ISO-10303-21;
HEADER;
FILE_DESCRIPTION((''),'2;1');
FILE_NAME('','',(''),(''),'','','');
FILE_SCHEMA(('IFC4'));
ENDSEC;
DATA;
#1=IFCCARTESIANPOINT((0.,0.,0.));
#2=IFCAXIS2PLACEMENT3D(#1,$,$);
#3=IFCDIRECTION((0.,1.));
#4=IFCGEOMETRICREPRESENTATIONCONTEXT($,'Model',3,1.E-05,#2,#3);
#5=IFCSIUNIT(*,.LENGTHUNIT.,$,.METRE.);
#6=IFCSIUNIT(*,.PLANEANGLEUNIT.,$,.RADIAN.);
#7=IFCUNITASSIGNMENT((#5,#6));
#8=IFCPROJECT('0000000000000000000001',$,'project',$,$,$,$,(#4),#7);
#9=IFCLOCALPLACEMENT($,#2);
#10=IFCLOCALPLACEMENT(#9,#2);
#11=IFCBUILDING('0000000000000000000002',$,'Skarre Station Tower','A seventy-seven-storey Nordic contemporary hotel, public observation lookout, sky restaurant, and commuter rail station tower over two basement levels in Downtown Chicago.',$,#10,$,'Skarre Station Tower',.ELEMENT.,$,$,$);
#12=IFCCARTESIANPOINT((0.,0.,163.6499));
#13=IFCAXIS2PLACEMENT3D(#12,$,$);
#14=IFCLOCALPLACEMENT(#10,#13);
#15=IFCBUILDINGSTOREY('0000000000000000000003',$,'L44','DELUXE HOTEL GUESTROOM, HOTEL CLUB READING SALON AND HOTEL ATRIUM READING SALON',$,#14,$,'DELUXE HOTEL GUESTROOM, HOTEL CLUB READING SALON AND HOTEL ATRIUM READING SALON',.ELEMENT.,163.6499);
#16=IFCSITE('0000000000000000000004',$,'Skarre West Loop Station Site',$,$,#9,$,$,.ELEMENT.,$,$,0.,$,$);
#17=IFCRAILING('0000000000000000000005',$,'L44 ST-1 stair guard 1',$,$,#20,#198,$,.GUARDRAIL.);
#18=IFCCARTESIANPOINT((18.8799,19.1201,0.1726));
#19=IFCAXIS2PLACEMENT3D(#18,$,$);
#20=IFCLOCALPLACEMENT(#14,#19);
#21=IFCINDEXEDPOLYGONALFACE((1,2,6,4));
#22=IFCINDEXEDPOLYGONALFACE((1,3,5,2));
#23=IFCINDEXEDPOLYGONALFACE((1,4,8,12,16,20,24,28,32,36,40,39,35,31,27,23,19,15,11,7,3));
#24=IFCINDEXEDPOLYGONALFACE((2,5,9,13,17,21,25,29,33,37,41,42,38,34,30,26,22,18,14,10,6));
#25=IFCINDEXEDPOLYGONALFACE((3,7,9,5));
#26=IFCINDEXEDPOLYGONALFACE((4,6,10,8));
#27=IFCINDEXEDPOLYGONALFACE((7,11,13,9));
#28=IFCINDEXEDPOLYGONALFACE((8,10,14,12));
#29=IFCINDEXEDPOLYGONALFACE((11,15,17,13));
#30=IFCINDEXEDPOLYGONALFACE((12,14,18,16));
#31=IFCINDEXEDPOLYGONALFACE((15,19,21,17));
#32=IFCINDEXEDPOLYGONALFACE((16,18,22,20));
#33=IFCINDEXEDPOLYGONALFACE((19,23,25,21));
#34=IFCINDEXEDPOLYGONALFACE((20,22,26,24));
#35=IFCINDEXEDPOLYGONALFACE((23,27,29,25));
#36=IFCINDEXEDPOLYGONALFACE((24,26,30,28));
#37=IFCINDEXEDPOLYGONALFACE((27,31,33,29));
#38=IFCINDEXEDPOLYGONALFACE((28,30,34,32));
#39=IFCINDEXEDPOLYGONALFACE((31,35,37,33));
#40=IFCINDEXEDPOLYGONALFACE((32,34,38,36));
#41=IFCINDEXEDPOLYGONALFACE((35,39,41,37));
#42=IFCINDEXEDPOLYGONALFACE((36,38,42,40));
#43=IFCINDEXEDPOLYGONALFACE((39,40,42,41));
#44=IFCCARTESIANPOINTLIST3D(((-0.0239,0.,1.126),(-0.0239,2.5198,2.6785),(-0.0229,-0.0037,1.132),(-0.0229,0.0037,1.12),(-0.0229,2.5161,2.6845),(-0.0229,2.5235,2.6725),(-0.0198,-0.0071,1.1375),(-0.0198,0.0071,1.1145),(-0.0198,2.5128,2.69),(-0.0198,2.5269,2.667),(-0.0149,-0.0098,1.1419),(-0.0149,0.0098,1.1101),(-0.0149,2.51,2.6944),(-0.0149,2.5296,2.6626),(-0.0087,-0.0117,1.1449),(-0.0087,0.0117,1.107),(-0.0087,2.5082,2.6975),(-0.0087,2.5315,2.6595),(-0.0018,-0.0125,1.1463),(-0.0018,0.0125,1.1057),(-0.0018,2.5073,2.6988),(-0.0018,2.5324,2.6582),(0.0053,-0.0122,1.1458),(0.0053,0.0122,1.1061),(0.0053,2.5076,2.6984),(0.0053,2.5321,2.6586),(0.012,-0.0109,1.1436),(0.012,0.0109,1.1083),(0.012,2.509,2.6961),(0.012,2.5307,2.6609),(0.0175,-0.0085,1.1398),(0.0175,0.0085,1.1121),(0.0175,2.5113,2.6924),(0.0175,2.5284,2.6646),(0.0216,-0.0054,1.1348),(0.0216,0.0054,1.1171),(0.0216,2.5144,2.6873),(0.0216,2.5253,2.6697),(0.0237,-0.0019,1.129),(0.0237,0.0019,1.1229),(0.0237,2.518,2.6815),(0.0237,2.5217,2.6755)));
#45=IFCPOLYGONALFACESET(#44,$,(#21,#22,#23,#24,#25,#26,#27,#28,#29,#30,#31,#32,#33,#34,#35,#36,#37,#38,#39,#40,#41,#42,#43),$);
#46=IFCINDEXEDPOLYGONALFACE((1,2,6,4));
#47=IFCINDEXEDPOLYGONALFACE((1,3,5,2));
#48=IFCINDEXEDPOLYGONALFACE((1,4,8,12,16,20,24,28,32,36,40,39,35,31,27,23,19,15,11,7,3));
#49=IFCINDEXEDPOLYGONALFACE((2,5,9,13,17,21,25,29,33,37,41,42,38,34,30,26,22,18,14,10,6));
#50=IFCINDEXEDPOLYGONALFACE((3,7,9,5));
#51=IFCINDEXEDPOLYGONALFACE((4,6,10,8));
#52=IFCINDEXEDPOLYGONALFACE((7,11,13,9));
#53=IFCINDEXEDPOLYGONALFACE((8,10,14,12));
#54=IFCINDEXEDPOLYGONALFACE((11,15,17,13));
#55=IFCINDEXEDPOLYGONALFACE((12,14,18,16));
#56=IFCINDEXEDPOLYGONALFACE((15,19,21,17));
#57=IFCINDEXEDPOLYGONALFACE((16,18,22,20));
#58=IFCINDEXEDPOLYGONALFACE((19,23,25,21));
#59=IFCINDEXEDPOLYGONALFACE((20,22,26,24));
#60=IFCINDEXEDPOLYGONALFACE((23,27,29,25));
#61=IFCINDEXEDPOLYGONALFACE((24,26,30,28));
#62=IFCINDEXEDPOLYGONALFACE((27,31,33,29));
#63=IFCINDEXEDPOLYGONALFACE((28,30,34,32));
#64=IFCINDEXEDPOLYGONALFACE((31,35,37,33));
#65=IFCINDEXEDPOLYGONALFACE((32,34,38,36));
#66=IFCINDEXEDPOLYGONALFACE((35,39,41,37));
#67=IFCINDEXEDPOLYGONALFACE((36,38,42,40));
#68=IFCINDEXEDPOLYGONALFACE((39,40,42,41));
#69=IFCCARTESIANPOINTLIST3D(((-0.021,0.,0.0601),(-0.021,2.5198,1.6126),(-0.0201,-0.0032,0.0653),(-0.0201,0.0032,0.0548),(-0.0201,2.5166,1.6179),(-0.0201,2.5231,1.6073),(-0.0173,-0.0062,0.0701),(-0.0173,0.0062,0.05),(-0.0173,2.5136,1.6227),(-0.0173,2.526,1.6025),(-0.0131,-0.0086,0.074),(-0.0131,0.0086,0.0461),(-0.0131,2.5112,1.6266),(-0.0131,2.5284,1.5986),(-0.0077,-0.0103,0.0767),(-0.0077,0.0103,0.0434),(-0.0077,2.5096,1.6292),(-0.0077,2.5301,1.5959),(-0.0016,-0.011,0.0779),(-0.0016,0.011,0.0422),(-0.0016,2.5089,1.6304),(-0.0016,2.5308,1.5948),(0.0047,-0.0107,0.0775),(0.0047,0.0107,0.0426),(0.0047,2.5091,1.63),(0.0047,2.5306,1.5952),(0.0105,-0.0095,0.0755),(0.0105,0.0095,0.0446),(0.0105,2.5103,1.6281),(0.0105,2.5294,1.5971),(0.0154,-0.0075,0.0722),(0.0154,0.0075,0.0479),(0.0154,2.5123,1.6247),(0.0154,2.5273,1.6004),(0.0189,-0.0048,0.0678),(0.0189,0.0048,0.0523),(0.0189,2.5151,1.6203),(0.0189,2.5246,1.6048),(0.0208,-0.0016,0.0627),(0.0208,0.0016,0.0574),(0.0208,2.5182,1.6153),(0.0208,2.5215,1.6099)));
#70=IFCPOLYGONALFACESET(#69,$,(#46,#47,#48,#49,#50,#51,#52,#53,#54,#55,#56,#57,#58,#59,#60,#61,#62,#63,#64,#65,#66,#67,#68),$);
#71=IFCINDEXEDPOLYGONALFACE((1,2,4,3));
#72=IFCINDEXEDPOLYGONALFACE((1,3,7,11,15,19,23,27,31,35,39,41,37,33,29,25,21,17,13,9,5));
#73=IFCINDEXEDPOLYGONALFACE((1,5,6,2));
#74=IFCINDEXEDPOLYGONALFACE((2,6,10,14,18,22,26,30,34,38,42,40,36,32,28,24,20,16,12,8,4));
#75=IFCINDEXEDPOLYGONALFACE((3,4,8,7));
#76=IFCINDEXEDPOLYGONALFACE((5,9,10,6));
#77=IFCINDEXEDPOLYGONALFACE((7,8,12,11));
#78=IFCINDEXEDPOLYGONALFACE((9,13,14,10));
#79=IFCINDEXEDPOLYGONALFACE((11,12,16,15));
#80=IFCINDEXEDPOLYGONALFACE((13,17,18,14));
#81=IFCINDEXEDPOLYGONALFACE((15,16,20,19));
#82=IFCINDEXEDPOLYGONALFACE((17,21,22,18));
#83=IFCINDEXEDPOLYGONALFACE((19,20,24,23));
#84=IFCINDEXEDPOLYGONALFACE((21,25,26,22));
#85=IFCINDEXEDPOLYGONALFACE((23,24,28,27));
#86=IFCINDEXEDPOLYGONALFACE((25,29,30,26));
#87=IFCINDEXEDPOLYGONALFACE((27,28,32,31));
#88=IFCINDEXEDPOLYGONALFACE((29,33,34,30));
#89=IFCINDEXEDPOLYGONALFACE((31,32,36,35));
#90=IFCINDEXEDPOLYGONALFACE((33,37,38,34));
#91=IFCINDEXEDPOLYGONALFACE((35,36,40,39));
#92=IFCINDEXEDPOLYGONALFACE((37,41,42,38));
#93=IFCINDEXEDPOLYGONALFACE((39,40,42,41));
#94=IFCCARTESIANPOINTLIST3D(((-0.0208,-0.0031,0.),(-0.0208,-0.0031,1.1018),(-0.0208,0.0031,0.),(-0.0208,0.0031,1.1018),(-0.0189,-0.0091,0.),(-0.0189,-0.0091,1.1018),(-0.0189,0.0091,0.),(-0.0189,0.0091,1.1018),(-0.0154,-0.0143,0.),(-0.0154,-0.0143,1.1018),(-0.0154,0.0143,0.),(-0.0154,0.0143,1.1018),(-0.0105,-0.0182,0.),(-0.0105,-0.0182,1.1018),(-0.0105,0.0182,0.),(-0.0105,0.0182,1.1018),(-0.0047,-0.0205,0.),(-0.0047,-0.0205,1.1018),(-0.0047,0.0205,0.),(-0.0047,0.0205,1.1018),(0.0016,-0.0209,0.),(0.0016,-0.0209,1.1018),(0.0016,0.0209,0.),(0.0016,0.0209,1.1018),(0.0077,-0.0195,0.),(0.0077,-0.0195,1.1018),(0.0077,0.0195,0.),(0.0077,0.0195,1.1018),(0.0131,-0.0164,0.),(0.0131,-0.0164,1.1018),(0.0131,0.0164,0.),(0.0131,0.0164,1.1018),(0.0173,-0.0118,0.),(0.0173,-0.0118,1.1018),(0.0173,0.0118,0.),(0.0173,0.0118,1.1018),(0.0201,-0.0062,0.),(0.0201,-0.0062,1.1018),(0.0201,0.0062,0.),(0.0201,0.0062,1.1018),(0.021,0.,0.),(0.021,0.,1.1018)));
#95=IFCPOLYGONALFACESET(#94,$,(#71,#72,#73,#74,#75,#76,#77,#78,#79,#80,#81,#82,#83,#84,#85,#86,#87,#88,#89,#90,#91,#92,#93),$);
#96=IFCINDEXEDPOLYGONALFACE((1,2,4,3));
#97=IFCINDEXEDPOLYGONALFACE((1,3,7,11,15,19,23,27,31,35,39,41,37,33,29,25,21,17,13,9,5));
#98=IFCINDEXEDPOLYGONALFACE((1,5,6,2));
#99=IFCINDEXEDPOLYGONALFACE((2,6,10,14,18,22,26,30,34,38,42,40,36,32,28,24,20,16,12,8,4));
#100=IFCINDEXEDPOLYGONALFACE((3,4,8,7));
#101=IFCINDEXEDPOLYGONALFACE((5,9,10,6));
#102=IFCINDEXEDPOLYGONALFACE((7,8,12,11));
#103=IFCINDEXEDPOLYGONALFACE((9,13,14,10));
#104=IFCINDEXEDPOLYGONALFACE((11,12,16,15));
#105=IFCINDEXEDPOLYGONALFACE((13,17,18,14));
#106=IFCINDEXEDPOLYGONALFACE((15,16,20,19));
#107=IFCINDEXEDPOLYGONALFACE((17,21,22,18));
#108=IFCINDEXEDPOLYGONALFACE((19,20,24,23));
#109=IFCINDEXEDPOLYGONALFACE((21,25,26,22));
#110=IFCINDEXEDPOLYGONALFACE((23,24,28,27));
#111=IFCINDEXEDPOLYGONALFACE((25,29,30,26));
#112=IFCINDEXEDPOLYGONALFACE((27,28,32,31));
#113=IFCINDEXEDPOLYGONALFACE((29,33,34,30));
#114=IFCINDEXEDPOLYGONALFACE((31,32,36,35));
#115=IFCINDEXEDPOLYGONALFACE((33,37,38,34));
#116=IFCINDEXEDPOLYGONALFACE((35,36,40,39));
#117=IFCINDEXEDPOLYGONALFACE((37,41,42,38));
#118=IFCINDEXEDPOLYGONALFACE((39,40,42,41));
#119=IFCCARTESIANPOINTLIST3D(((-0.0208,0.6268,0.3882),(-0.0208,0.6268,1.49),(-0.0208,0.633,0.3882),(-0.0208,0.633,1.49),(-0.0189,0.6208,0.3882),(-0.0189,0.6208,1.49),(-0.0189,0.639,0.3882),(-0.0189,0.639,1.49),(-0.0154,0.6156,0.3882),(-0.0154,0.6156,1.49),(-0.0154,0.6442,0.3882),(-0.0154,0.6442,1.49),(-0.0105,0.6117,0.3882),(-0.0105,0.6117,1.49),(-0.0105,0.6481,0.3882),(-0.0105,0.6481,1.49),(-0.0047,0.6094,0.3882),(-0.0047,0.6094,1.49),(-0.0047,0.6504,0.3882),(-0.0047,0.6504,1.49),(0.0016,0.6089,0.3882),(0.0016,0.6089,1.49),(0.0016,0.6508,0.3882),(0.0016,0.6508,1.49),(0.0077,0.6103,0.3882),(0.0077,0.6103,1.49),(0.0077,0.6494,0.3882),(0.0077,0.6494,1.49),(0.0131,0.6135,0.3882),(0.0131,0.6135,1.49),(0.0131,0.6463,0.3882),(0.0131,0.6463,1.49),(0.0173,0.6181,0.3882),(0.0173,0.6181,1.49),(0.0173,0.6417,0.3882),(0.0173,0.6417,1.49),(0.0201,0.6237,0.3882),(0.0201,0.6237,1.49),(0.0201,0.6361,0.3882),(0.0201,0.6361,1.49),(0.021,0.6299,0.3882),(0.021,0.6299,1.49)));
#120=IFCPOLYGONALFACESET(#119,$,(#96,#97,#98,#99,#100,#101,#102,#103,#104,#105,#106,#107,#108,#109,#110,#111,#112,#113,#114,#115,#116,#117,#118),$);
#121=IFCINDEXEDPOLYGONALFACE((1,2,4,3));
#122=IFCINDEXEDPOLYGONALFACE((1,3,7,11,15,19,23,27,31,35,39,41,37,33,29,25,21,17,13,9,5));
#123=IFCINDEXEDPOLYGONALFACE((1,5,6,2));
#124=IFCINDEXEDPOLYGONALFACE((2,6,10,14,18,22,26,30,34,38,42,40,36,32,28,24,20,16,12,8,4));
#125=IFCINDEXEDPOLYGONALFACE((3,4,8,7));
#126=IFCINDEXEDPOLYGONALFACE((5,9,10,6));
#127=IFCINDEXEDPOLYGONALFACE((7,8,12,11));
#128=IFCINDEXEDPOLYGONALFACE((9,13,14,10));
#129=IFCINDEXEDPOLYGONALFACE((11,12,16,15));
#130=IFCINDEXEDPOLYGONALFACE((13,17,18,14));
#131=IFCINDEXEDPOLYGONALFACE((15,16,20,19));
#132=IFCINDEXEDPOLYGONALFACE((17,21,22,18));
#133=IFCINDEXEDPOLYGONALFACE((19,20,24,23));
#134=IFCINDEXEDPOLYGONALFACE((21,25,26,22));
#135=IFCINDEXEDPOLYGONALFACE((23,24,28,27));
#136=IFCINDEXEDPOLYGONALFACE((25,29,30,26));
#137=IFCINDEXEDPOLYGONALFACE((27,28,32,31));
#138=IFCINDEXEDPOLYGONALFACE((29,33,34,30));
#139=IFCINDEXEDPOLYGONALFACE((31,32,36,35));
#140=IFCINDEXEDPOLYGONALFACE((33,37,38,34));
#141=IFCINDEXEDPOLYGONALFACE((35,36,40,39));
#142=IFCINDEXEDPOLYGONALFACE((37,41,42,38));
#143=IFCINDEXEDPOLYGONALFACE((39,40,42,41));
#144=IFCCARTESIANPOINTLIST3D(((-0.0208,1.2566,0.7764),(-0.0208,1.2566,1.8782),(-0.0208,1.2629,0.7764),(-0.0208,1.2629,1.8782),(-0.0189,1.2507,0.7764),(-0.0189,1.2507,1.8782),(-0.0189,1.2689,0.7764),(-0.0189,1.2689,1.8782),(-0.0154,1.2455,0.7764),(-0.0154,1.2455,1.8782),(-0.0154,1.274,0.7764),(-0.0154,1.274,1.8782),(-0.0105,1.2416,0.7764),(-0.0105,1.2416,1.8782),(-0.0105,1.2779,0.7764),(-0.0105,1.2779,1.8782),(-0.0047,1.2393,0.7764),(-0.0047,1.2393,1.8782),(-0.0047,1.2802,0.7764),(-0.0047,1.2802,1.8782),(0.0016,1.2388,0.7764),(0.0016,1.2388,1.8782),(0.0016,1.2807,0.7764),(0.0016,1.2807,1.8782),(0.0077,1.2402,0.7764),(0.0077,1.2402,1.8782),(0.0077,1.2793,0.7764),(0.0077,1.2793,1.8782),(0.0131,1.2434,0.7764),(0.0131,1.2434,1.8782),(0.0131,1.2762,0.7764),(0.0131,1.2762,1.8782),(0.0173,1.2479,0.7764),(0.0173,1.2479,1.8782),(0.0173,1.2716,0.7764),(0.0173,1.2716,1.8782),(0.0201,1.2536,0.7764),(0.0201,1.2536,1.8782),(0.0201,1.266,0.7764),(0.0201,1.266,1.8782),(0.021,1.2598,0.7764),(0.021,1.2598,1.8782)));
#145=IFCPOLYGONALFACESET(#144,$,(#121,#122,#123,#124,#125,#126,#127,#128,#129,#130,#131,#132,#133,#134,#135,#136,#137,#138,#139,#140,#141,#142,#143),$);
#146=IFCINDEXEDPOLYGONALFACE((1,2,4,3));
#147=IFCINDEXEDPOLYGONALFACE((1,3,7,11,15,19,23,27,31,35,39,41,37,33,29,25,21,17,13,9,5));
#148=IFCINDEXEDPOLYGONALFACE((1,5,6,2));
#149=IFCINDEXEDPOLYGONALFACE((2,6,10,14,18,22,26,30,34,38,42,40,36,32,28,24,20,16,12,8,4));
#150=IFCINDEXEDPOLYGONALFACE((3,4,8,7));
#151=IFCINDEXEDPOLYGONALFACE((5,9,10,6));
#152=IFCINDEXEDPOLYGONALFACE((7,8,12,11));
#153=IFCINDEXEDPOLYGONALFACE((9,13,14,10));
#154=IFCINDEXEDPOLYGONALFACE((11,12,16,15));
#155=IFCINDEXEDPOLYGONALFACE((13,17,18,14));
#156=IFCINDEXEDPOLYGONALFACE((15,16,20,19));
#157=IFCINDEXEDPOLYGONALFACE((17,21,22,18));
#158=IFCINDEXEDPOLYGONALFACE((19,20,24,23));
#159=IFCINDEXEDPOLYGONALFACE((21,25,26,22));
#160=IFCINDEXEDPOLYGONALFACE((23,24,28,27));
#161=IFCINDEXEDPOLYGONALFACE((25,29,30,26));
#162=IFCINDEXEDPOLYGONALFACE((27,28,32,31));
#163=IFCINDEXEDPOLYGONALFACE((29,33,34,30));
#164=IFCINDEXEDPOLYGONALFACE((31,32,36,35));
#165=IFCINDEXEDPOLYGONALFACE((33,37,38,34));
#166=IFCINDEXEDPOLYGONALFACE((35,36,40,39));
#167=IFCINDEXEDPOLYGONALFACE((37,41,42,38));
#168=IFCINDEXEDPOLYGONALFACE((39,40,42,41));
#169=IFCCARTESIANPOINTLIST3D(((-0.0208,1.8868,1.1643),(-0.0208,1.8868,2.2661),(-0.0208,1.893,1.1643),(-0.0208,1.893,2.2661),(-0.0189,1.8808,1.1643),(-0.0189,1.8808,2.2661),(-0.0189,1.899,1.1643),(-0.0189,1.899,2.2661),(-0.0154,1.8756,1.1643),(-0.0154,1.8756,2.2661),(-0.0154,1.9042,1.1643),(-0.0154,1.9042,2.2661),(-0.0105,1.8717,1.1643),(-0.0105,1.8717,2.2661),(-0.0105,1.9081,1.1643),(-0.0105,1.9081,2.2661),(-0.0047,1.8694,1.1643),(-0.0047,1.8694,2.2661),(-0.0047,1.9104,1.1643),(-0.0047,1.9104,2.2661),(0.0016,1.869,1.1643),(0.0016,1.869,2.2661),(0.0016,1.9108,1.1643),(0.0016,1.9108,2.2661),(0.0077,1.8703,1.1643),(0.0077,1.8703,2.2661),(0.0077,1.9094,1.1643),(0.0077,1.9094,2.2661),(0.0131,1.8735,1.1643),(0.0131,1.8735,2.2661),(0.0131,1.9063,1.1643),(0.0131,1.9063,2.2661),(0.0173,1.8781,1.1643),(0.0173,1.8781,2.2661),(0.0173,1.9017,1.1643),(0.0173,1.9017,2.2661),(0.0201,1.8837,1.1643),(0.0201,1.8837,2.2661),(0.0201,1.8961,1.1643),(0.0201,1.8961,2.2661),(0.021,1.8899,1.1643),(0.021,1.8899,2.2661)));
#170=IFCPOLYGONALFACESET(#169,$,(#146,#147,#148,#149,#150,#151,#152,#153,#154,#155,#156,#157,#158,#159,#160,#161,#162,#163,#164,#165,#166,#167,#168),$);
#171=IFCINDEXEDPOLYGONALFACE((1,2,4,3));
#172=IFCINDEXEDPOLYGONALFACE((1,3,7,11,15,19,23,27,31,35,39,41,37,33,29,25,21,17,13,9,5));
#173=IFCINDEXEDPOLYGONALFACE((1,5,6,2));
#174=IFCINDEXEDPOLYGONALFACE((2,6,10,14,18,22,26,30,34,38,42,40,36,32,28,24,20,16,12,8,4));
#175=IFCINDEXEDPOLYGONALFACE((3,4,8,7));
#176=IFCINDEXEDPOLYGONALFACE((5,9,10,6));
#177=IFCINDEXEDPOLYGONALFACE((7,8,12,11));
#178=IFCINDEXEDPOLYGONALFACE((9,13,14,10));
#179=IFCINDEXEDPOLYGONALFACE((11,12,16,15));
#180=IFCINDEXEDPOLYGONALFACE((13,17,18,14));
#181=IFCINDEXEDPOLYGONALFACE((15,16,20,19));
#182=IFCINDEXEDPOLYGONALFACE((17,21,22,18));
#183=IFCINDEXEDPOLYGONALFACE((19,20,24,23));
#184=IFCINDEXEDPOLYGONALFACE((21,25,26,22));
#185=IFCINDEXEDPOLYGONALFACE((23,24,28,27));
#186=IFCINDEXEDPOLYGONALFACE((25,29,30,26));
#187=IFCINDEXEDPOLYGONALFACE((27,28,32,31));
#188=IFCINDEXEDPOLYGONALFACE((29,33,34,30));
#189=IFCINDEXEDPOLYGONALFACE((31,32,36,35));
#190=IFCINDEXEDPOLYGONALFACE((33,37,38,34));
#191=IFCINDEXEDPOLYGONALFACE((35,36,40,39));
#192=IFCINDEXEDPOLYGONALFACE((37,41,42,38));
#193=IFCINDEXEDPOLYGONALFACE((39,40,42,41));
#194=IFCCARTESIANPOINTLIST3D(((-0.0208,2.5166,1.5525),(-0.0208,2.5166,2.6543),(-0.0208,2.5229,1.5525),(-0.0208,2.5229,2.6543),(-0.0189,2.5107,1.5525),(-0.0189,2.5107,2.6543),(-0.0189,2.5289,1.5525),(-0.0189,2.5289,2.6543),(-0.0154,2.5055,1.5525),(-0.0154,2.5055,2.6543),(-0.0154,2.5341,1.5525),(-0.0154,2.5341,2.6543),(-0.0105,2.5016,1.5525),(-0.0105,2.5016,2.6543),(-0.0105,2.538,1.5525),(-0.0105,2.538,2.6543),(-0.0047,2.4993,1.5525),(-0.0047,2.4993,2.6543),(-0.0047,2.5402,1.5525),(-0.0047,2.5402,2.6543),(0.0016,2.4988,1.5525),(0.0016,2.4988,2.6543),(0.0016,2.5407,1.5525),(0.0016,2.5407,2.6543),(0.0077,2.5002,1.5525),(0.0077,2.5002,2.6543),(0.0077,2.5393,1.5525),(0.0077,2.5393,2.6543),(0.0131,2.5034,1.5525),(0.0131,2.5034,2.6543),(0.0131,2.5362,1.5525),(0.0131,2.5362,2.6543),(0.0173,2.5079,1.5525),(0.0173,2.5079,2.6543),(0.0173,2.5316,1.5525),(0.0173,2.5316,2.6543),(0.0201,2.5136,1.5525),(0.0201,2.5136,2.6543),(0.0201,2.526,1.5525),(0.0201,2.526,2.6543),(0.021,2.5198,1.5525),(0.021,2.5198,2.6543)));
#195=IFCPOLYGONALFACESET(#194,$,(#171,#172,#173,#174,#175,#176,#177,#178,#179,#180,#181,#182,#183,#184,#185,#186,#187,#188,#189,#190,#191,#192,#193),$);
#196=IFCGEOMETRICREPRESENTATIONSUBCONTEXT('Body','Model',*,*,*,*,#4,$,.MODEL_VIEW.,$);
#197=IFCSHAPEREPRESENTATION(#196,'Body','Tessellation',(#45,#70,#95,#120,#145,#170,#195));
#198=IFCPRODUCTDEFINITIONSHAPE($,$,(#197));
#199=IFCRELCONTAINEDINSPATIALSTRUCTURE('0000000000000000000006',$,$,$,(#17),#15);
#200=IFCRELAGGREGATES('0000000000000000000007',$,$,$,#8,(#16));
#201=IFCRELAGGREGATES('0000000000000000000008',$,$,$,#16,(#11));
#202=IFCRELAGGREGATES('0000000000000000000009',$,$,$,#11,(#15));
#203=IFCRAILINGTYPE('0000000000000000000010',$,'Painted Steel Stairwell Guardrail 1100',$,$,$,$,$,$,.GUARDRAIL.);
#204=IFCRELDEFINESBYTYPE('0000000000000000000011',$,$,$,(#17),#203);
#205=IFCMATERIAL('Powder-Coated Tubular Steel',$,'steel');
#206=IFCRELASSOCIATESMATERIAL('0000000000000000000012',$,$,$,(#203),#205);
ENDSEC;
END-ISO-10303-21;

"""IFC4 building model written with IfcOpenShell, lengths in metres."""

from ifc_helpers import new_model, si_unit, direction, frame, origin, origin_2d, place, context, subcontext, project, spatial, circle, extrude, material, type_object, element, save


model = new_model("IFC4")

# Units and contexts
model_context = context("Model", 3, precision=1e-05, world=origin(), true_north=direction((0.0, 1.0)))
body_context = subcontext(model_context, "Body", "Model", "MODEL_VIEW")
ifc_project = project(units=[si_unit("LENGTHUNIT", "METRE"), si_unit("PLANEANGLEUNIT", "RADIAN")], contexts=[model_context])

# Site, building, storey
site_placement = place(None, origin())
site = spatial("IfcSite", under=ifc_project, at=site_placement, Name="Skarre West Loop Station Site", CompositionType="ELEMENT", RefElevation=0.0)
building_placement = place(site_placement, origin())
building = spatial("IfcBuilding", under=site, at=building_placement, Name="Skarre Station Tower", Description="A seventy-seven-storey Nordic contemporary hotel, public observation lookout, sky restaurant, and commuter rail station tower over two basement levels in Downtown Chicago.", LongName="Skarre Station Tower", CompositionType="ELEMENT")
storey_placement = place(building_placement, frame((0.0, 0.0, 163.6499)))
storey = spatial("IfcBuildingStorey", under=building, at=storey_placement, Name="L44", Description="DELUXE HOTEL GUESTROOM, HOTEL CLUB READING SALON AND HOTEL ATRIUM READING SALON", LongName="DELUXE HOTEL GUESTROOM, HOTEL CLUB READING SALON AND HOTEL ATRIUM READING SALON", CompositionType="ELEMENT", Elevation=163.6499)

# Railing
ifc_material_1 = material(Name="Powder-Coated Tubular Steel", Category="steel")
railing_type_1 = type_object("IfcRailingType", Name="Painted Steel Stairwell Guardrail 1100", PredefinedType="GUARDRAIL", material=ifc_material_1)
railing_1_placement = place(storey_placement, frame((18.8799, 19.1201, 0.1726)))
element("IfcRailing", 1, at=railing_1_placement, inside=storey, type_object=railing_type_1, Name="L44 ST-1 stair guard 1", PredefinedType="GUARDRAIL", context=body_context, shape_type="SweptSolid", body=[
    extrude(circle(Radius=0.0239, at=origin_2d()), frame((0.0, 0.0, 1.126), z_axis=(0.0, 0.851378, 0.524553), x_axis=(-1.0, 0.0, 0.0)), (0.0, 0.0, 1.0), 2.9597),
    extrude(circle(Radius=0.021, at=origin_2d()), frame((0.0, 0.0, 0.0601), z_axis=(0.0, 0.851378, 0.524553), x_axis=(-1.0, 0.0, 0.0)), (0.0, 0.0, 1.0), 2.9597),
    extrude(circle(Radius=0.021, at=origin_2d()), origin(), (0.0, 0.0, 1.0), 1.1018),
    extrude(circle(Radius=0.021, at=origin_2d()), frame((0.0, 0.6299, 0.3882)), (0.0, 0.0, 1.0), 1.1018),
    extrude(circle(Radius=0.021, at=origin_2d()), frame((0.0, 1.2598, 0.7764)), (0.0, 0.0, 1.0), 1.1018),
    extrude(circle(Radius=0.021, at=origin_2d()), frame((0.0, 1.8899, 1.1643)), (0.0, 0.0, 1.0), 1.1018),
    extrude(circle(Radius=0.021, at=origin_2d()), frame((0.0, 2.5198, 1.5525)), (0.0, 0.0, 1.0), 1.1018),
])

save(model, "model.ifc")
